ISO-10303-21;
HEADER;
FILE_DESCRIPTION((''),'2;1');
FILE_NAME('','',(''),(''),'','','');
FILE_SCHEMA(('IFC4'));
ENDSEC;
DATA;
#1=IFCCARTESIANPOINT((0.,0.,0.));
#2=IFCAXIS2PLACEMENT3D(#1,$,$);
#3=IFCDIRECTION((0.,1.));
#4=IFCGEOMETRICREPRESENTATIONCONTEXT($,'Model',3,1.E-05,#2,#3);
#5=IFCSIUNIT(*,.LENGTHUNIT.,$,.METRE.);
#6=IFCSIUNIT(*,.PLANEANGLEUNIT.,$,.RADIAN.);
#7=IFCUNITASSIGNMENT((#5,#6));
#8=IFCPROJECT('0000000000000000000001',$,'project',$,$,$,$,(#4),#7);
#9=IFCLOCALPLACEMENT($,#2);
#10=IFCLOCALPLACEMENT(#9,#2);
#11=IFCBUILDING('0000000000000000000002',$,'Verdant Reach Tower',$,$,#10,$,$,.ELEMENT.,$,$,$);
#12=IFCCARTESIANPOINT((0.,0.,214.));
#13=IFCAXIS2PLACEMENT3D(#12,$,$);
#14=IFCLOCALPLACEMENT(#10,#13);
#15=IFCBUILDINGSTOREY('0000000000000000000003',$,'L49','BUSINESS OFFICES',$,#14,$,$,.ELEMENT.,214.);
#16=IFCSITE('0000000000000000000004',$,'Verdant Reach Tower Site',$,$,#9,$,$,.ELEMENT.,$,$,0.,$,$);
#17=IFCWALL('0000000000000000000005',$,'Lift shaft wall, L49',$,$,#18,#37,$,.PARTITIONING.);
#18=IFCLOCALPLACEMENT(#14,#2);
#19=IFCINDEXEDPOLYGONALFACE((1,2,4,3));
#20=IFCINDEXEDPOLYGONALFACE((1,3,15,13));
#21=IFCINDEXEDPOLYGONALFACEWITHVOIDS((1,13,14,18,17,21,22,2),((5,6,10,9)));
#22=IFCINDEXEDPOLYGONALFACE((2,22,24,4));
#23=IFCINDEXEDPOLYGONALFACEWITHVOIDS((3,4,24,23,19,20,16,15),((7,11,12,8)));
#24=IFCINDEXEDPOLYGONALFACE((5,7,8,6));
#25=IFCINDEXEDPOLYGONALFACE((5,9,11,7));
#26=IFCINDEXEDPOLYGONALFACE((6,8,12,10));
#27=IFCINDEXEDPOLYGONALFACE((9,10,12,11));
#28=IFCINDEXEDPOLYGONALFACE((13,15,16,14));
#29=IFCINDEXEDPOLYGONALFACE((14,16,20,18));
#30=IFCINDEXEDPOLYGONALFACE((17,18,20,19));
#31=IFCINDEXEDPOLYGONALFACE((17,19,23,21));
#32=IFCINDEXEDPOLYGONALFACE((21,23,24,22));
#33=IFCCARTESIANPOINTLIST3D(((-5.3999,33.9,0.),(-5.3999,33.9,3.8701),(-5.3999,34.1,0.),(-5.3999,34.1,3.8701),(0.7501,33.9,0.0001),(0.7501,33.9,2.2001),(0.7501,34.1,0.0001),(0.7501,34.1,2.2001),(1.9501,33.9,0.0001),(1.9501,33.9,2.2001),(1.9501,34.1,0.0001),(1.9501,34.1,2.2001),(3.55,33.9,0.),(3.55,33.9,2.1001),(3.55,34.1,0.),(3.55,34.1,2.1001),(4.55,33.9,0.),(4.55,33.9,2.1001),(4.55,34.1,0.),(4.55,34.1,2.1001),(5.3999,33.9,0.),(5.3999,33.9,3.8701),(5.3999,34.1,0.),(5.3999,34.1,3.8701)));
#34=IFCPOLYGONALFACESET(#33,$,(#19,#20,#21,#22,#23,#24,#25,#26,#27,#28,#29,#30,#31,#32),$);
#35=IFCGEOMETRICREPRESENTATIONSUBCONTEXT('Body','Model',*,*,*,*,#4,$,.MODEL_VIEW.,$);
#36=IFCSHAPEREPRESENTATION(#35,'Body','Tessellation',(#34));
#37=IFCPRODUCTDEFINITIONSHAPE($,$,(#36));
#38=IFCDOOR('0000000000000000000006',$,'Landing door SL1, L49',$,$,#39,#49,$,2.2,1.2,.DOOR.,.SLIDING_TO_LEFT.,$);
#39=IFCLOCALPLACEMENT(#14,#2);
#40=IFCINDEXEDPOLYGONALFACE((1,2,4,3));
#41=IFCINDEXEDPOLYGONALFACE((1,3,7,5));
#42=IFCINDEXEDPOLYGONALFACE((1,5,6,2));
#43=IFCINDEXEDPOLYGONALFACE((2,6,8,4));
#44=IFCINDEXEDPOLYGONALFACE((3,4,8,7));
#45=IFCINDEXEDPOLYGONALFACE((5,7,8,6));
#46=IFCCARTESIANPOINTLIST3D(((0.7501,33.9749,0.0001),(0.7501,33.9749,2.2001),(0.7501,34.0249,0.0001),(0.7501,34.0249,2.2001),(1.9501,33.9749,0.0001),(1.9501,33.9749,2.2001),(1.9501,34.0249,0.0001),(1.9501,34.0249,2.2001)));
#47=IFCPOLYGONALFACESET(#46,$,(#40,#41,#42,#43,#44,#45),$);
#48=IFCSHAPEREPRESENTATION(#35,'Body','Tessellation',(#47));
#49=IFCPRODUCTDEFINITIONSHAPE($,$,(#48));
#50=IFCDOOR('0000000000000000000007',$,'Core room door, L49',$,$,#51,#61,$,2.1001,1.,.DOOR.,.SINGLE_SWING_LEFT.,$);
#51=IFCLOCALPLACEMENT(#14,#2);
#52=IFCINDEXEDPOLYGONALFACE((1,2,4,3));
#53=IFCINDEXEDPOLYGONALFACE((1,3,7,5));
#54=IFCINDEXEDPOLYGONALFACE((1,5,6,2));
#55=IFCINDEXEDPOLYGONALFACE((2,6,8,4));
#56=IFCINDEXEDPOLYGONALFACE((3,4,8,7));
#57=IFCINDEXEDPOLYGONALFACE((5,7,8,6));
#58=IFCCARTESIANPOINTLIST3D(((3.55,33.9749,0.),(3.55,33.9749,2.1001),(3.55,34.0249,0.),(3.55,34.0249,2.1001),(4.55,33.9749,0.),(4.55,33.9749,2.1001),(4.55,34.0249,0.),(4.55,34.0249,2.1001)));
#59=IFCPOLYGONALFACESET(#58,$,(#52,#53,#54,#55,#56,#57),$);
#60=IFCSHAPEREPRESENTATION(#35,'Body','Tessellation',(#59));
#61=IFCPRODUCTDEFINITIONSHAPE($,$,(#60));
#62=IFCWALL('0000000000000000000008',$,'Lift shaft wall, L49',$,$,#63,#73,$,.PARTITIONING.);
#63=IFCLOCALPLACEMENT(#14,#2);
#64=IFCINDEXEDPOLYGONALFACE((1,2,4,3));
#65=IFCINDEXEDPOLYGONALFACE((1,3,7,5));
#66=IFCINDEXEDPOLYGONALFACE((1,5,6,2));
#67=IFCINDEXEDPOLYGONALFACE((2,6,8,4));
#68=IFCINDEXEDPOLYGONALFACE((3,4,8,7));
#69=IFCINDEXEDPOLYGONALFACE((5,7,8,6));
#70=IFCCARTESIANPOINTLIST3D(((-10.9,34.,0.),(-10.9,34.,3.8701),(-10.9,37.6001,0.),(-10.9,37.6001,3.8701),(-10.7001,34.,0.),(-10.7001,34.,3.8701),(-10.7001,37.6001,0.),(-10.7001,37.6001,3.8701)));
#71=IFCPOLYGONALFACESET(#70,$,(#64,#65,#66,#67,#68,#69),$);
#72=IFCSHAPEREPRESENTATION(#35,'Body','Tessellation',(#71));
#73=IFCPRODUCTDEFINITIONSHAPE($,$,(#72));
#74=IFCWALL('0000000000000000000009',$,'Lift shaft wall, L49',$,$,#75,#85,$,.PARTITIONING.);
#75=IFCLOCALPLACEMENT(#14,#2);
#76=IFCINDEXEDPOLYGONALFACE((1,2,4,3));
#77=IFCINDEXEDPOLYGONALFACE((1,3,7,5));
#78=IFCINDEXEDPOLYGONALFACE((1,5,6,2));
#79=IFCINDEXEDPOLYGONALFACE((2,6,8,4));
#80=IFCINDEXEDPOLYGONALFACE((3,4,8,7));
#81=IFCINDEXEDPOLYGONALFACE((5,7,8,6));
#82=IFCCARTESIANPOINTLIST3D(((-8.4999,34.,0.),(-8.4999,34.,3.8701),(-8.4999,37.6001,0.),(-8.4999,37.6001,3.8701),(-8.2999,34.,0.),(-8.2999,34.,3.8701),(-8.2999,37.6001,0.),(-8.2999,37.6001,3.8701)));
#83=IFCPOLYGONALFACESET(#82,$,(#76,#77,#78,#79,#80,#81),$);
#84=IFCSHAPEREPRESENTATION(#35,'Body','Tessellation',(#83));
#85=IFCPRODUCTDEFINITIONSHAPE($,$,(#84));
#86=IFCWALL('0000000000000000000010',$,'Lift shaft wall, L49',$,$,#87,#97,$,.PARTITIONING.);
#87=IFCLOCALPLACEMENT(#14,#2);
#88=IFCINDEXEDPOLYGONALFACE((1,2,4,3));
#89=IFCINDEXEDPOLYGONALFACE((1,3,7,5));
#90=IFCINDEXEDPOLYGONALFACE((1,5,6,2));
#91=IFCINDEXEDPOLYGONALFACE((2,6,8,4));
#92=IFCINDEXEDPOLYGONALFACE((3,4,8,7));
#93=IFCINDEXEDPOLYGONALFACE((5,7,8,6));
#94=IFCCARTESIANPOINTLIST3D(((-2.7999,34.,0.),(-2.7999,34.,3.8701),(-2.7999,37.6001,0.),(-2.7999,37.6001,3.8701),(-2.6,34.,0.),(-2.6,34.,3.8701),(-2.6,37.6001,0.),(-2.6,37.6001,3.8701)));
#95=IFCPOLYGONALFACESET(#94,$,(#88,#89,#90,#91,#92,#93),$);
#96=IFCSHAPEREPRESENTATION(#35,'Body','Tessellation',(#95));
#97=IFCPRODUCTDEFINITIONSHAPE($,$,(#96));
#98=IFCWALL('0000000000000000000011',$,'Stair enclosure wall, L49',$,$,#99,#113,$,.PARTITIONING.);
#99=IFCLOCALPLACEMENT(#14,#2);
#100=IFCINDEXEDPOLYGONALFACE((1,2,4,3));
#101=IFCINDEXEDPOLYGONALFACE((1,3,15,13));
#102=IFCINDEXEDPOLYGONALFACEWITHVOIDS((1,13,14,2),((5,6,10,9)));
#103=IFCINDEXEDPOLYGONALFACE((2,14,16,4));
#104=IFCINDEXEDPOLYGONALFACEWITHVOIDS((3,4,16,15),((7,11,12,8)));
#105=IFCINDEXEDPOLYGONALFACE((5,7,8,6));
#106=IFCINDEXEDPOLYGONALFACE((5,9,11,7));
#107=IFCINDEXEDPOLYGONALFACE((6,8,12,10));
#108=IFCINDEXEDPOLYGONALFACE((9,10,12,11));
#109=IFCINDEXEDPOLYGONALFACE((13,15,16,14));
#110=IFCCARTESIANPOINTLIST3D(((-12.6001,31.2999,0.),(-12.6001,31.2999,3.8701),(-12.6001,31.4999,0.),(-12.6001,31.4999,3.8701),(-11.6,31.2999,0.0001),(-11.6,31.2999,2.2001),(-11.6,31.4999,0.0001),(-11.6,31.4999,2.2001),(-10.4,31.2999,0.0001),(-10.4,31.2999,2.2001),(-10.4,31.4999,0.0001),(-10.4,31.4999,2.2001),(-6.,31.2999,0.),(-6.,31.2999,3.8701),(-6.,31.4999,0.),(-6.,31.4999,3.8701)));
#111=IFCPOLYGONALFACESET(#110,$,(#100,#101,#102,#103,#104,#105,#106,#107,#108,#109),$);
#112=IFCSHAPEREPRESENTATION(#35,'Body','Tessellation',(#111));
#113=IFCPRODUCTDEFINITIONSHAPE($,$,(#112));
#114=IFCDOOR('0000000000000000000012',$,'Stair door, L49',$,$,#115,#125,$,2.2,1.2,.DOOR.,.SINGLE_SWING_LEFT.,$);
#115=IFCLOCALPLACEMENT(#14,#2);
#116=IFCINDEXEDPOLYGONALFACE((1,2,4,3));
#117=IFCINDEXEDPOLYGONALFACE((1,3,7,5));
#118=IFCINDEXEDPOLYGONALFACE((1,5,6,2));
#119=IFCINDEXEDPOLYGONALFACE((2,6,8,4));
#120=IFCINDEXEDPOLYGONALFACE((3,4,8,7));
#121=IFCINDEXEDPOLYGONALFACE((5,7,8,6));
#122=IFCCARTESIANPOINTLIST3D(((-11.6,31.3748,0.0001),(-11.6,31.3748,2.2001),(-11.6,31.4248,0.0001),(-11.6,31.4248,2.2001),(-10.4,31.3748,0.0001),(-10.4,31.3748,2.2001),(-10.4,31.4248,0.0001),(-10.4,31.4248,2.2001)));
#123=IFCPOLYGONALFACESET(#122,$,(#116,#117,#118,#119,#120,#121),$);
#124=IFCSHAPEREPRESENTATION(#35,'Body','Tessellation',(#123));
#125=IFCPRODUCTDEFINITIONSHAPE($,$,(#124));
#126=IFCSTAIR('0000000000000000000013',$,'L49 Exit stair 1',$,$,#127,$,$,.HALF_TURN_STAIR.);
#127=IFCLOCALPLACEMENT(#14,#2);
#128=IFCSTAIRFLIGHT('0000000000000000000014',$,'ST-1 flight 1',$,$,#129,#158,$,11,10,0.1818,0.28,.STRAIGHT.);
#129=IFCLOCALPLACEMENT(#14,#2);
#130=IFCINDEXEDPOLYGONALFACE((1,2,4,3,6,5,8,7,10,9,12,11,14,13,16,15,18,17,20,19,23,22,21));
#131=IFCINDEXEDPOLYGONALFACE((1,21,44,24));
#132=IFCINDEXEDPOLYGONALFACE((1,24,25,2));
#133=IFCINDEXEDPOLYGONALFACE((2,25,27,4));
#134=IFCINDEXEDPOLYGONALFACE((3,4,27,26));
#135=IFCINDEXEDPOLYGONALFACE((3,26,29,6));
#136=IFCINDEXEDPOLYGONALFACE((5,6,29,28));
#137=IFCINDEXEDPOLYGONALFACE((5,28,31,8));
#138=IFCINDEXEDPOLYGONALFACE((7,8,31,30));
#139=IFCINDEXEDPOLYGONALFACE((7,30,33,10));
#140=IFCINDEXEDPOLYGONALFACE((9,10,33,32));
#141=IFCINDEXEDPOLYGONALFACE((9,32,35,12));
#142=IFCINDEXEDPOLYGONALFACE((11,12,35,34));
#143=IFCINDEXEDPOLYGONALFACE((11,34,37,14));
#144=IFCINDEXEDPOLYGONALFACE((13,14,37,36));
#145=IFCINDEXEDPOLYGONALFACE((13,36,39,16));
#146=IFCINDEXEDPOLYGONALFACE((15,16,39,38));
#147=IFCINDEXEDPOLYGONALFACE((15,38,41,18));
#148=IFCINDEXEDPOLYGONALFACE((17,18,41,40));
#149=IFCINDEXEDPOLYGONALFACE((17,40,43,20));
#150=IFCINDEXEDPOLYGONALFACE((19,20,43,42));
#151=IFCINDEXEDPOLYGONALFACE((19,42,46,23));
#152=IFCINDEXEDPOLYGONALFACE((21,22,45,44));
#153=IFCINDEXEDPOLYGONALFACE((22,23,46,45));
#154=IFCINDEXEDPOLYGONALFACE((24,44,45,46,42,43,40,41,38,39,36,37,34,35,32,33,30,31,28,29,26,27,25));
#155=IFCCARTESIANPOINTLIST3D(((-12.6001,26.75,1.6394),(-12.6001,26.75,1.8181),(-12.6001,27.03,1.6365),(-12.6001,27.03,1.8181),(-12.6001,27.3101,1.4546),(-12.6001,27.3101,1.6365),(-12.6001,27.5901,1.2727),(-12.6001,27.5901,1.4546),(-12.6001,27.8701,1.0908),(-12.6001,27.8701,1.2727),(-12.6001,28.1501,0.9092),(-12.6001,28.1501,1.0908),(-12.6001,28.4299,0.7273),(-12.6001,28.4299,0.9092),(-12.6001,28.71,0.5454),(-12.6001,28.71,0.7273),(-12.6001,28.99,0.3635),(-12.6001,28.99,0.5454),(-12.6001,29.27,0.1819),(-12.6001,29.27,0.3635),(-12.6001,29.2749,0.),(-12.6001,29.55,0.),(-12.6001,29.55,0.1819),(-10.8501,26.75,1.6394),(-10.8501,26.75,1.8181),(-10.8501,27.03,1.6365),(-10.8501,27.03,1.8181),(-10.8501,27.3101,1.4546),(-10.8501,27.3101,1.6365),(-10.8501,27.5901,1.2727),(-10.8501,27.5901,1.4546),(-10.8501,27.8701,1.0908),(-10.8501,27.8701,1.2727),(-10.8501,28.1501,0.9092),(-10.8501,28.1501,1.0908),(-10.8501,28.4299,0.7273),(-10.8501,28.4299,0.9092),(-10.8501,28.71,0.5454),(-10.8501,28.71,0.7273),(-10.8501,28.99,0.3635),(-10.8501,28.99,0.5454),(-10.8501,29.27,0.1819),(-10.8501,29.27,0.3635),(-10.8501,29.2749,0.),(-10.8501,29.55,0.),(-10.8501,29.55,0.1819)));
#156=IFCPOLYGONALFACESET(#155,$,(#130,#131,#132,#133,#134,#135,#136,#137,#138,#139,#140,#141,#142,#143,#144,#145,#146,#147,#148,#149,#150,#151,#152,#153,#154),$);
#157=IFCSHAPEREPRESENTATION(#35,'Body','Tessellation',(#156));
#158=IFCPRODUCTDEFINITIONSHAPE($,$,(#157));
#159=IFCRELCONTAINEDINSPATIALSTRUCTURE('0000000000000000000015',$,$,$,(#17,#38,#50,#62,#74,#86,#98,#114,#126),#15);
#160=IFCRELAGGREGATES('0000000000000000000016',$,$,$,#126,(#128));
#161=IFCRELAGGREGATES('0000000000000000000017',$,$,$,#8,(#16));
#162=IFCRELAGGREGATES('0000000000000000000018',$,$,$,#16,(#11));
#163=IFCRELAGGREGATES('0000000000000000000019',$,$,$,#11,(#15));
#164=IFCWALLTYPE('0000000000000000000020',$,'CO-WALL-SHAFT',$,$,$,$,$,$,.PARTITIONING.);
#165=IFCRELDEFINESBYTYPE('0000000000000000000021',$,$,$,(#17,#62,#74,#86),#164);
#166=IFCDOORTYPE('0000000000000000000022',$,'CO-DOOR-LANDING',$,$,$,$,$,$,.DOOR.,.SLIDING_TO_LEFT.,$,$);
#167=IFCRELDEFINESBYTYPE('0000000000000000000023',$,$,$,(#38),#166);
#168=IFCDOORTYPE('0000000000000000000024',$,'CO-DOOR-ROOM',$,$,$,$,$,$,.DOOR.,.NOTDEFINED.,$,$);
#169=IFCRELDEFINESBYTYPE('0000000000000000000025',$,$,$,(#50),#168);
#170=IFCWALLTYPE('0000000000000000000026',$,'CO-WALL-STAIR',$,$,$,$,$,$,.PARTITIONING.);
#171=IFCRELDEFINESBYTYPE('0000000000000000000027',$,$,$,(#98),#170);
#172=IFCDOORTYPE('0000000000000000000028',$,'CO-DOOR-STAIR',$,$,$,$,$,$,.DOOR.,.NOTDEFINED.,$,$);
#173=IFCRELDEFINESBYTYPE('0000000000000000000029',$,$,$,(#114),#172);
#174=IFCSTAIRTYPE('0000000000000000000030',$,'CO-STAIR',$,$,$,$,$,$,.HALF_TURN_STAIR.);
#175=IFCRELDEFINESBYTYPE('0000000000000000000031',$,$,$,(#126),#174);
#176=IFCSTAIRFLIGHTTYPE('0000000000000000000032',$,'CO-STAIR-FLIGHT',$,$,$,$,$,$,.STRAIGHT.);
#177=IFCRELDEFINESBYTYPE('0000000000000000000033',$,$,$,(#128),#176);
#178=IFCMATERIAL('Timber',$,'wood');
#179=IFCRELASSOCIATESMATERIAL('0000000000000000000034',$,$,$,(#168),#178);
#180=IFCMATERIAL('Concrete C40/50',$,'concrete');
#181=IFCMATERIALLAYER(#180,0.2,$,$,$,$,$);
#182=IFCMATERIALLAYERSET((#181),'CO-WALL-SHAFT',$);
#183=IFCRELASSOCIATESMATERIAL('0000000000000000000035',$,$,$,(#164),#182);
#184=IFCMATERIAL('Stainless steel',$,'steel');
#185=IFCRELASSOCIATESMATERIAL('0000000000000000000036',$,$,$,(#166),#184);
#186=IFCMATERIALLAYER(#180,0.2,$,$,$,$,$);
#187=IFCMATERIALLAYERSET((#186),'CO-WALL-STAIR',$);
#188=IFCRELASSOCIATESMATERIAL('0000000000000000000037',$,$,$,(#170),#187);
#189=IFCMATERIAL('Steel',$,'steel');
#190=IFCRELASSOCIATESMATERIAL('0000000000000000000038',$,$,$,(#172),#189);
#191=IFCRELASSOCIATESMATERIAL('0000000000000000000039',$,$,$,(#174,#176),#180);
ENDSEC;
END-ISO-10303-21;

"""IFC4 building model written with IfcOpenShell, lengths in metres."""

from ifc_helpers import new_model, si_unit, direction, frame, frame_2d, origin, place, context, subcontext, project, spatial, polyline, rectangle, outline, extrude, material, layer, layer_set, type_object, element, fill, aggregate, save


model = new_model("IFC4")

# Units and contexts
model_context = context("Model", 3, precision=1e-05, world=origin(), true_north=direction((0.0, 1.0)))
body_context = subcontext(model_context, "Body", "Model", "MODEL_VIEW")
ifc_project = project(units=[si_unit("LENGTHUNIT", "METRE"), si_unit("PLANEANGLEUNIT", "RADIAN")], contexts=[model_context])

# Site, building, storey
site_placement = place(None, origin())
site = spatial("IfcSite", under=ifc_project, at=site_placement, Name="Verdant Reach Tower Site", CompositionType="ELEMENT", RefElevation=0.0)
building_placement = place(site_placement, origin())
building = spatial("IfcBuilding", under=site, at=building_placement, Name="Verdant Reach Tower", CompositionType="ELEMENT")
storey_placement = place(building_placement, frame((0.0, 0.0, 214.0)))
storey = spatial("IfcBuildingStorey", under=building, at=storey_placement, Name="L49", Description="BUSINESS OFFICES", CompositionType="ELEMENT", Elevation=214.0)

# Wall, openings, doors
ifc_material_1 = material(Name="Timber", Category="wood")
door_type_1 = type_object("IfcDoorType", Name="CO-DOOR-ROOM", OperationType="NOTDEFINED", PredefinedType="DOOR", material=ifc_material_1)
ifc_material_2 = material(Name="Concrete C40/50", Category="concrete")
ifc_layer_1 = layer(ifc_material_2, 0.2)
ifc_layer_set_1 = layer_set([ifc_layer_1], Name="CO-WALL-SHAFT")
wall_type_1 = type_object("IfcWallType", Name="CO-WALL-SHAFT", PredefinedType="PARTITIONING", material=ifc_layer_set_1)
ifc_material_3 = material(Name="Stainless steel", Category="steel")
ifc_material_4 = material(Name="Steel", Category="steel")
wall_1_placement = place(storey_placement, frame((-5.3999, 34.0, 0.0), z_axis=(0.0, 0.0, 1.0), x_axis=(1.0, 0.0, 0.0)))
wall_1 = element("IfcWall", 1, at=wall_1_placement, inside=storey, type_object=wall_type_1, Name="Lift shaft wall, L49", PredefinedType="PARTITIONING", context=body_context, shape_type="SweptSolid", body=[
    extrude(rectangle(XDim=10.7998, YDim=0.2, at=frame_2d((5.3999, 0.0))), origin(), (0.0, 0.0, 1.0), 3.8701),
])
opening_1_placement = place(wall_1_placement, frame((6.1499, 0.0, 0.0)))
opening_1 = element("IfcOpeningElement", 2, at=opening_1_placement, cuts=wall_1, PredefinedType="OPENING", context=body_context, shape_type="SweptSolid", body=[
    extrude(rectangle(XDim=1.2, YDim=2.2, at=frame_2d((0.6001, 1.1001))), frame((0.0, 0.1099, 0.0), z_axis=(0.0, -1.0, 0.0), x_axis=(1.0, 0.0, 0.0)), (0.0, 0.0, 1.0), 0.22),
])
opening_2_placement = place(wall_1_placement, frame((8.95, 0.0, 0.0)))
opening_2 = element("IfcOpeningElement", 3, at=opening_2_placement, cuts=wall_1, PredefinedType="OPENING", context=body_context, shape_type="SweptSolid", body=[
    extrude(rectangle(XDim=1.0, YDim=2.1001, at=frame_2d((0.5, 1.05))), frame((0.0, 0.1099, 0.0), z_axis=(0.0, -1.0, 0.0), x_axis=(1.0, 0.0, 0.0)), (0.0, 0.0, 1.0), 0.22),
])
door_type_2 = type_object("IfcDoorType", Name="CO-DOOR-LANDING", OperationType="SLIDING_TO_LEFT", PredefinedType="DOOR", material=ifc_material_3)
door_1_placement = place(opening_1_placement, origin())
door_1 = element("IfcDoor", 4, at=door_1_placement, inside=storey, type_object=door_type_2, Name="Landing door SL1, L49", OperationType="SLIDING_TO_LEFT", OverallHeight=2.2, OverallWidth=1.2, PredefinedType="DOOR", context=body_context, shape_type="SweptSolid", body=[
    extrude(rectangle(XDim=1.2, YDim=2.2, at=frame_2d((0.6001, 1.1001))), frame((0.0, 0.0249, 0.0), z_axis=(0.0, -1.0, 0.0), x_axis=(1.0, 0.0, 0.0)), (0.0, 0.0, 1.0), 0.05),
])
fill(opening_1, door_1)
door_2_placement = place(opening_2_placement, origin())
door_2 = element("IfcDoor", 5, at=door_2_placement, inside=storey, type_object=door_type_1, Name="Core room door, L49", OperationType="SINGLE_SWING_LEFT", OverallHeight=2.1001, OverallWidth=1.0, PredefinedType="DOOR", context=body_context, shape_type="SweptSolid", body=[
    extrude(rectangle(XDim=1.0, YDim=2.1001, at=frame_2d((0.5, 1.05))), frame((0.0, 0.0249, 0.0), z_axis=(0.0, -1.0, 0.0), x_axis=(1.0, 0.0, 0.0)), (0.0, 0.0, 1.0), 0.05),
])
fill(opening_2, door_2)

# Walls
for number, where, z_axis, x_axis, name in (
    (6, (-10.8, 34.0, 0.0), (0.0, 0.0, 1.0), (0.0, 1.0, 0.0), "Lift shaft wall, L49"),
    (7, (-8.3999, 34.0, 0.0), (0.0, 0.0, 1.0), (0.0, 1.0, 0.0), "Lift shaft wall, L49"),
    (8, (-2.7, 34.0, 0.0), (0.0, 0.0, 1.0), (0.0, 1.0, 0.0), "Lift shaft wall, L49"),
):
    element("IfcWall", number, at=place(storey_placement, frame(where, z_axis=z_axis, x_axis=x_axis)), inside=storey, type_object=wall_type_1, Name=name, PredefinedType="PARTITIONING", context=body_context, shape_type="SweptSolid", body=[
        extrude(rectangle(XDim=3.6001, YDim=0.2, at=frame_2d((1.8, 0.0))), origin(), (0.0, 0.0, 1.0), 3.8701),
    ])

# Wall, opening, door
ifc_layer_2 = layer(ifc_material_2, 0.2)
ifc_layer_set_2 = layer_set([ifc_layer_2], Name="CO-WALL-STAIR")
wall_type_2 = type_object("IfcWallType", Name="CO-WALL-STAIR", PredefinedType="PARTITIONING", material=ifc_layer_set_2)
wall_2_placement = place(storey_placement, frame((-12.6001, 31.3999, 0.0), z_axis=(0.0, 0.0, 1.0), x_axis=(1.0, 0.0, 0.0)))
wall_2 = element("IfcWall", 9, at=wall_2_placement, inside=storey, type_object=wall_type_2, Name="Stair enclosure wall, L49", PredefinedType="PARTITIONING", context=body_context, shape_type="SweptSolid", body=[
    extrude(rectangle(XDim=6.6001, YDim=0.2, at=frame_2d((3.3, 0.0))), origin(), (0.0, 0.0, 1.0), 3.8701),
])
opening_3_placement = place(wall_2_placement, frame((1.0, 0.0, 0.0)))
opening_3 = element("IfcOpeningElement", 10, at=opening_3_placement, cuts=wall_2, PredefinedType="OPENING", context=body_context, shape_type="SweptSolid", body=[
    extrude(rectangle(XDim=1.2, YDim=2.2, at=frame_2d((0.6001, 1.1001))), frame((0.0, 0.1099, 0.0), z_axis=(0.0, -1.0, 0.0), x_axis=(1.0, 0.0, 0.0)), (0.0, 0.0, 1.0), 0.22),
])
door_type_3 = type_object("IfcDoorType", Name="CO-DOOR-STAIR", OperationType="NOTDEFINED", PredefinedType="DOOR", material=ifc_material_4)
door_3_placement = place(opening_3_placement, origin())
door_3 = element("IfcDoor", 11, at=door_3_placement, inside=storey, type_object=door_type_3, Name="Stair door, L49", OperationType="SINGLE_SWING_LEFT", OverallHeight=2.2, OverallWidth=1.2, PredefinedType="DOOR", context=body_context, shape_type="SweptSolid", body=[
    extrude(rectangle(XDim=1.2, YDim=2.2, at=frame_2d((0.6001, 1.1001))), frame((0.0, 0.0249, 0.0), z_axis=(0.0, -1.0, 0.0), x_axis=(1.0, 0.0, 0.0)), (0.0, 0.0, 1.0), 0.05),
])
fill(opening_3, door_3)

# Stair, stair flight
stair_type = type_object("IfcStairType", Name="CO-STAIR", PredefinedType="HALF_TURN_STAIR", material=ifc_material_2)
stair_placement = place(storey_placement, origin())
stair = element("IfcStair", 12, at=stair_placement, inside=storey, type_object=stair_type, Name="L49 Exit stair 1", PredefinedType="HALF_TURN_STAIR")
stair_flight_type = type_object("IfcStairFlightType", Name="CO-STAIR-FLIGHT", PredefinedType="STRAIGHT", material=ifc_material_2)
stair_flight_placement = place(storey_placement, frame((-11.7251, 29.55, 0.0), z_axis=(0.0, 0.0, 1.0), x_axis=(0.0, -1.0, 0.0)))
stair_flight = element("IfcStairFlight", 13, at=stair_flight_placement, type_object=stair_flight_type, Name="ST-1 flight 1", NumberOfRisers=11, NumberOfTreads=10, PredefinedType="STRAIGHT", RiserHeight=0.1818, TreadLength=0.28, context=body_context, shape_type="SweptSolid", body=[
    extrude(outline(polyline([(0.0, 0.0), (0.0, 0.1819), (0.28, 0.1819), (0.28, 0.3635), (0.5601, 0.3635), (0.5601, 0.5454), (0.8401, 0.5454), (0.8401, 0.7273), (1.1201, 0.7273), (1.1201, 0.9092), (1.3999, 0.9092), (1.3999, 1.0908), (1.6799, 1.0908), (1.6799, 1.2727), (1.96, 1.2727), (1.96, 1.4546), (2.24, 1.4546), (2.24, 1.6365), (2.52, 1.6365), (2.52, 1.8181), (2.8, 1.8181), (2.8, 2.0), (2.8, 1.6394), (0.2751, 0.0), (0.0, 0.0)])), frame((0.0, 0.875, 0.0), z_axis=(0.0, -1.0, 0.0), x_axis=(1.0, 0.0, 0.0)), (0.0, 0.0, 1.0), 1.75),
])
aggregate(stair, [stair_flight])

save(model, "model.ifc")
